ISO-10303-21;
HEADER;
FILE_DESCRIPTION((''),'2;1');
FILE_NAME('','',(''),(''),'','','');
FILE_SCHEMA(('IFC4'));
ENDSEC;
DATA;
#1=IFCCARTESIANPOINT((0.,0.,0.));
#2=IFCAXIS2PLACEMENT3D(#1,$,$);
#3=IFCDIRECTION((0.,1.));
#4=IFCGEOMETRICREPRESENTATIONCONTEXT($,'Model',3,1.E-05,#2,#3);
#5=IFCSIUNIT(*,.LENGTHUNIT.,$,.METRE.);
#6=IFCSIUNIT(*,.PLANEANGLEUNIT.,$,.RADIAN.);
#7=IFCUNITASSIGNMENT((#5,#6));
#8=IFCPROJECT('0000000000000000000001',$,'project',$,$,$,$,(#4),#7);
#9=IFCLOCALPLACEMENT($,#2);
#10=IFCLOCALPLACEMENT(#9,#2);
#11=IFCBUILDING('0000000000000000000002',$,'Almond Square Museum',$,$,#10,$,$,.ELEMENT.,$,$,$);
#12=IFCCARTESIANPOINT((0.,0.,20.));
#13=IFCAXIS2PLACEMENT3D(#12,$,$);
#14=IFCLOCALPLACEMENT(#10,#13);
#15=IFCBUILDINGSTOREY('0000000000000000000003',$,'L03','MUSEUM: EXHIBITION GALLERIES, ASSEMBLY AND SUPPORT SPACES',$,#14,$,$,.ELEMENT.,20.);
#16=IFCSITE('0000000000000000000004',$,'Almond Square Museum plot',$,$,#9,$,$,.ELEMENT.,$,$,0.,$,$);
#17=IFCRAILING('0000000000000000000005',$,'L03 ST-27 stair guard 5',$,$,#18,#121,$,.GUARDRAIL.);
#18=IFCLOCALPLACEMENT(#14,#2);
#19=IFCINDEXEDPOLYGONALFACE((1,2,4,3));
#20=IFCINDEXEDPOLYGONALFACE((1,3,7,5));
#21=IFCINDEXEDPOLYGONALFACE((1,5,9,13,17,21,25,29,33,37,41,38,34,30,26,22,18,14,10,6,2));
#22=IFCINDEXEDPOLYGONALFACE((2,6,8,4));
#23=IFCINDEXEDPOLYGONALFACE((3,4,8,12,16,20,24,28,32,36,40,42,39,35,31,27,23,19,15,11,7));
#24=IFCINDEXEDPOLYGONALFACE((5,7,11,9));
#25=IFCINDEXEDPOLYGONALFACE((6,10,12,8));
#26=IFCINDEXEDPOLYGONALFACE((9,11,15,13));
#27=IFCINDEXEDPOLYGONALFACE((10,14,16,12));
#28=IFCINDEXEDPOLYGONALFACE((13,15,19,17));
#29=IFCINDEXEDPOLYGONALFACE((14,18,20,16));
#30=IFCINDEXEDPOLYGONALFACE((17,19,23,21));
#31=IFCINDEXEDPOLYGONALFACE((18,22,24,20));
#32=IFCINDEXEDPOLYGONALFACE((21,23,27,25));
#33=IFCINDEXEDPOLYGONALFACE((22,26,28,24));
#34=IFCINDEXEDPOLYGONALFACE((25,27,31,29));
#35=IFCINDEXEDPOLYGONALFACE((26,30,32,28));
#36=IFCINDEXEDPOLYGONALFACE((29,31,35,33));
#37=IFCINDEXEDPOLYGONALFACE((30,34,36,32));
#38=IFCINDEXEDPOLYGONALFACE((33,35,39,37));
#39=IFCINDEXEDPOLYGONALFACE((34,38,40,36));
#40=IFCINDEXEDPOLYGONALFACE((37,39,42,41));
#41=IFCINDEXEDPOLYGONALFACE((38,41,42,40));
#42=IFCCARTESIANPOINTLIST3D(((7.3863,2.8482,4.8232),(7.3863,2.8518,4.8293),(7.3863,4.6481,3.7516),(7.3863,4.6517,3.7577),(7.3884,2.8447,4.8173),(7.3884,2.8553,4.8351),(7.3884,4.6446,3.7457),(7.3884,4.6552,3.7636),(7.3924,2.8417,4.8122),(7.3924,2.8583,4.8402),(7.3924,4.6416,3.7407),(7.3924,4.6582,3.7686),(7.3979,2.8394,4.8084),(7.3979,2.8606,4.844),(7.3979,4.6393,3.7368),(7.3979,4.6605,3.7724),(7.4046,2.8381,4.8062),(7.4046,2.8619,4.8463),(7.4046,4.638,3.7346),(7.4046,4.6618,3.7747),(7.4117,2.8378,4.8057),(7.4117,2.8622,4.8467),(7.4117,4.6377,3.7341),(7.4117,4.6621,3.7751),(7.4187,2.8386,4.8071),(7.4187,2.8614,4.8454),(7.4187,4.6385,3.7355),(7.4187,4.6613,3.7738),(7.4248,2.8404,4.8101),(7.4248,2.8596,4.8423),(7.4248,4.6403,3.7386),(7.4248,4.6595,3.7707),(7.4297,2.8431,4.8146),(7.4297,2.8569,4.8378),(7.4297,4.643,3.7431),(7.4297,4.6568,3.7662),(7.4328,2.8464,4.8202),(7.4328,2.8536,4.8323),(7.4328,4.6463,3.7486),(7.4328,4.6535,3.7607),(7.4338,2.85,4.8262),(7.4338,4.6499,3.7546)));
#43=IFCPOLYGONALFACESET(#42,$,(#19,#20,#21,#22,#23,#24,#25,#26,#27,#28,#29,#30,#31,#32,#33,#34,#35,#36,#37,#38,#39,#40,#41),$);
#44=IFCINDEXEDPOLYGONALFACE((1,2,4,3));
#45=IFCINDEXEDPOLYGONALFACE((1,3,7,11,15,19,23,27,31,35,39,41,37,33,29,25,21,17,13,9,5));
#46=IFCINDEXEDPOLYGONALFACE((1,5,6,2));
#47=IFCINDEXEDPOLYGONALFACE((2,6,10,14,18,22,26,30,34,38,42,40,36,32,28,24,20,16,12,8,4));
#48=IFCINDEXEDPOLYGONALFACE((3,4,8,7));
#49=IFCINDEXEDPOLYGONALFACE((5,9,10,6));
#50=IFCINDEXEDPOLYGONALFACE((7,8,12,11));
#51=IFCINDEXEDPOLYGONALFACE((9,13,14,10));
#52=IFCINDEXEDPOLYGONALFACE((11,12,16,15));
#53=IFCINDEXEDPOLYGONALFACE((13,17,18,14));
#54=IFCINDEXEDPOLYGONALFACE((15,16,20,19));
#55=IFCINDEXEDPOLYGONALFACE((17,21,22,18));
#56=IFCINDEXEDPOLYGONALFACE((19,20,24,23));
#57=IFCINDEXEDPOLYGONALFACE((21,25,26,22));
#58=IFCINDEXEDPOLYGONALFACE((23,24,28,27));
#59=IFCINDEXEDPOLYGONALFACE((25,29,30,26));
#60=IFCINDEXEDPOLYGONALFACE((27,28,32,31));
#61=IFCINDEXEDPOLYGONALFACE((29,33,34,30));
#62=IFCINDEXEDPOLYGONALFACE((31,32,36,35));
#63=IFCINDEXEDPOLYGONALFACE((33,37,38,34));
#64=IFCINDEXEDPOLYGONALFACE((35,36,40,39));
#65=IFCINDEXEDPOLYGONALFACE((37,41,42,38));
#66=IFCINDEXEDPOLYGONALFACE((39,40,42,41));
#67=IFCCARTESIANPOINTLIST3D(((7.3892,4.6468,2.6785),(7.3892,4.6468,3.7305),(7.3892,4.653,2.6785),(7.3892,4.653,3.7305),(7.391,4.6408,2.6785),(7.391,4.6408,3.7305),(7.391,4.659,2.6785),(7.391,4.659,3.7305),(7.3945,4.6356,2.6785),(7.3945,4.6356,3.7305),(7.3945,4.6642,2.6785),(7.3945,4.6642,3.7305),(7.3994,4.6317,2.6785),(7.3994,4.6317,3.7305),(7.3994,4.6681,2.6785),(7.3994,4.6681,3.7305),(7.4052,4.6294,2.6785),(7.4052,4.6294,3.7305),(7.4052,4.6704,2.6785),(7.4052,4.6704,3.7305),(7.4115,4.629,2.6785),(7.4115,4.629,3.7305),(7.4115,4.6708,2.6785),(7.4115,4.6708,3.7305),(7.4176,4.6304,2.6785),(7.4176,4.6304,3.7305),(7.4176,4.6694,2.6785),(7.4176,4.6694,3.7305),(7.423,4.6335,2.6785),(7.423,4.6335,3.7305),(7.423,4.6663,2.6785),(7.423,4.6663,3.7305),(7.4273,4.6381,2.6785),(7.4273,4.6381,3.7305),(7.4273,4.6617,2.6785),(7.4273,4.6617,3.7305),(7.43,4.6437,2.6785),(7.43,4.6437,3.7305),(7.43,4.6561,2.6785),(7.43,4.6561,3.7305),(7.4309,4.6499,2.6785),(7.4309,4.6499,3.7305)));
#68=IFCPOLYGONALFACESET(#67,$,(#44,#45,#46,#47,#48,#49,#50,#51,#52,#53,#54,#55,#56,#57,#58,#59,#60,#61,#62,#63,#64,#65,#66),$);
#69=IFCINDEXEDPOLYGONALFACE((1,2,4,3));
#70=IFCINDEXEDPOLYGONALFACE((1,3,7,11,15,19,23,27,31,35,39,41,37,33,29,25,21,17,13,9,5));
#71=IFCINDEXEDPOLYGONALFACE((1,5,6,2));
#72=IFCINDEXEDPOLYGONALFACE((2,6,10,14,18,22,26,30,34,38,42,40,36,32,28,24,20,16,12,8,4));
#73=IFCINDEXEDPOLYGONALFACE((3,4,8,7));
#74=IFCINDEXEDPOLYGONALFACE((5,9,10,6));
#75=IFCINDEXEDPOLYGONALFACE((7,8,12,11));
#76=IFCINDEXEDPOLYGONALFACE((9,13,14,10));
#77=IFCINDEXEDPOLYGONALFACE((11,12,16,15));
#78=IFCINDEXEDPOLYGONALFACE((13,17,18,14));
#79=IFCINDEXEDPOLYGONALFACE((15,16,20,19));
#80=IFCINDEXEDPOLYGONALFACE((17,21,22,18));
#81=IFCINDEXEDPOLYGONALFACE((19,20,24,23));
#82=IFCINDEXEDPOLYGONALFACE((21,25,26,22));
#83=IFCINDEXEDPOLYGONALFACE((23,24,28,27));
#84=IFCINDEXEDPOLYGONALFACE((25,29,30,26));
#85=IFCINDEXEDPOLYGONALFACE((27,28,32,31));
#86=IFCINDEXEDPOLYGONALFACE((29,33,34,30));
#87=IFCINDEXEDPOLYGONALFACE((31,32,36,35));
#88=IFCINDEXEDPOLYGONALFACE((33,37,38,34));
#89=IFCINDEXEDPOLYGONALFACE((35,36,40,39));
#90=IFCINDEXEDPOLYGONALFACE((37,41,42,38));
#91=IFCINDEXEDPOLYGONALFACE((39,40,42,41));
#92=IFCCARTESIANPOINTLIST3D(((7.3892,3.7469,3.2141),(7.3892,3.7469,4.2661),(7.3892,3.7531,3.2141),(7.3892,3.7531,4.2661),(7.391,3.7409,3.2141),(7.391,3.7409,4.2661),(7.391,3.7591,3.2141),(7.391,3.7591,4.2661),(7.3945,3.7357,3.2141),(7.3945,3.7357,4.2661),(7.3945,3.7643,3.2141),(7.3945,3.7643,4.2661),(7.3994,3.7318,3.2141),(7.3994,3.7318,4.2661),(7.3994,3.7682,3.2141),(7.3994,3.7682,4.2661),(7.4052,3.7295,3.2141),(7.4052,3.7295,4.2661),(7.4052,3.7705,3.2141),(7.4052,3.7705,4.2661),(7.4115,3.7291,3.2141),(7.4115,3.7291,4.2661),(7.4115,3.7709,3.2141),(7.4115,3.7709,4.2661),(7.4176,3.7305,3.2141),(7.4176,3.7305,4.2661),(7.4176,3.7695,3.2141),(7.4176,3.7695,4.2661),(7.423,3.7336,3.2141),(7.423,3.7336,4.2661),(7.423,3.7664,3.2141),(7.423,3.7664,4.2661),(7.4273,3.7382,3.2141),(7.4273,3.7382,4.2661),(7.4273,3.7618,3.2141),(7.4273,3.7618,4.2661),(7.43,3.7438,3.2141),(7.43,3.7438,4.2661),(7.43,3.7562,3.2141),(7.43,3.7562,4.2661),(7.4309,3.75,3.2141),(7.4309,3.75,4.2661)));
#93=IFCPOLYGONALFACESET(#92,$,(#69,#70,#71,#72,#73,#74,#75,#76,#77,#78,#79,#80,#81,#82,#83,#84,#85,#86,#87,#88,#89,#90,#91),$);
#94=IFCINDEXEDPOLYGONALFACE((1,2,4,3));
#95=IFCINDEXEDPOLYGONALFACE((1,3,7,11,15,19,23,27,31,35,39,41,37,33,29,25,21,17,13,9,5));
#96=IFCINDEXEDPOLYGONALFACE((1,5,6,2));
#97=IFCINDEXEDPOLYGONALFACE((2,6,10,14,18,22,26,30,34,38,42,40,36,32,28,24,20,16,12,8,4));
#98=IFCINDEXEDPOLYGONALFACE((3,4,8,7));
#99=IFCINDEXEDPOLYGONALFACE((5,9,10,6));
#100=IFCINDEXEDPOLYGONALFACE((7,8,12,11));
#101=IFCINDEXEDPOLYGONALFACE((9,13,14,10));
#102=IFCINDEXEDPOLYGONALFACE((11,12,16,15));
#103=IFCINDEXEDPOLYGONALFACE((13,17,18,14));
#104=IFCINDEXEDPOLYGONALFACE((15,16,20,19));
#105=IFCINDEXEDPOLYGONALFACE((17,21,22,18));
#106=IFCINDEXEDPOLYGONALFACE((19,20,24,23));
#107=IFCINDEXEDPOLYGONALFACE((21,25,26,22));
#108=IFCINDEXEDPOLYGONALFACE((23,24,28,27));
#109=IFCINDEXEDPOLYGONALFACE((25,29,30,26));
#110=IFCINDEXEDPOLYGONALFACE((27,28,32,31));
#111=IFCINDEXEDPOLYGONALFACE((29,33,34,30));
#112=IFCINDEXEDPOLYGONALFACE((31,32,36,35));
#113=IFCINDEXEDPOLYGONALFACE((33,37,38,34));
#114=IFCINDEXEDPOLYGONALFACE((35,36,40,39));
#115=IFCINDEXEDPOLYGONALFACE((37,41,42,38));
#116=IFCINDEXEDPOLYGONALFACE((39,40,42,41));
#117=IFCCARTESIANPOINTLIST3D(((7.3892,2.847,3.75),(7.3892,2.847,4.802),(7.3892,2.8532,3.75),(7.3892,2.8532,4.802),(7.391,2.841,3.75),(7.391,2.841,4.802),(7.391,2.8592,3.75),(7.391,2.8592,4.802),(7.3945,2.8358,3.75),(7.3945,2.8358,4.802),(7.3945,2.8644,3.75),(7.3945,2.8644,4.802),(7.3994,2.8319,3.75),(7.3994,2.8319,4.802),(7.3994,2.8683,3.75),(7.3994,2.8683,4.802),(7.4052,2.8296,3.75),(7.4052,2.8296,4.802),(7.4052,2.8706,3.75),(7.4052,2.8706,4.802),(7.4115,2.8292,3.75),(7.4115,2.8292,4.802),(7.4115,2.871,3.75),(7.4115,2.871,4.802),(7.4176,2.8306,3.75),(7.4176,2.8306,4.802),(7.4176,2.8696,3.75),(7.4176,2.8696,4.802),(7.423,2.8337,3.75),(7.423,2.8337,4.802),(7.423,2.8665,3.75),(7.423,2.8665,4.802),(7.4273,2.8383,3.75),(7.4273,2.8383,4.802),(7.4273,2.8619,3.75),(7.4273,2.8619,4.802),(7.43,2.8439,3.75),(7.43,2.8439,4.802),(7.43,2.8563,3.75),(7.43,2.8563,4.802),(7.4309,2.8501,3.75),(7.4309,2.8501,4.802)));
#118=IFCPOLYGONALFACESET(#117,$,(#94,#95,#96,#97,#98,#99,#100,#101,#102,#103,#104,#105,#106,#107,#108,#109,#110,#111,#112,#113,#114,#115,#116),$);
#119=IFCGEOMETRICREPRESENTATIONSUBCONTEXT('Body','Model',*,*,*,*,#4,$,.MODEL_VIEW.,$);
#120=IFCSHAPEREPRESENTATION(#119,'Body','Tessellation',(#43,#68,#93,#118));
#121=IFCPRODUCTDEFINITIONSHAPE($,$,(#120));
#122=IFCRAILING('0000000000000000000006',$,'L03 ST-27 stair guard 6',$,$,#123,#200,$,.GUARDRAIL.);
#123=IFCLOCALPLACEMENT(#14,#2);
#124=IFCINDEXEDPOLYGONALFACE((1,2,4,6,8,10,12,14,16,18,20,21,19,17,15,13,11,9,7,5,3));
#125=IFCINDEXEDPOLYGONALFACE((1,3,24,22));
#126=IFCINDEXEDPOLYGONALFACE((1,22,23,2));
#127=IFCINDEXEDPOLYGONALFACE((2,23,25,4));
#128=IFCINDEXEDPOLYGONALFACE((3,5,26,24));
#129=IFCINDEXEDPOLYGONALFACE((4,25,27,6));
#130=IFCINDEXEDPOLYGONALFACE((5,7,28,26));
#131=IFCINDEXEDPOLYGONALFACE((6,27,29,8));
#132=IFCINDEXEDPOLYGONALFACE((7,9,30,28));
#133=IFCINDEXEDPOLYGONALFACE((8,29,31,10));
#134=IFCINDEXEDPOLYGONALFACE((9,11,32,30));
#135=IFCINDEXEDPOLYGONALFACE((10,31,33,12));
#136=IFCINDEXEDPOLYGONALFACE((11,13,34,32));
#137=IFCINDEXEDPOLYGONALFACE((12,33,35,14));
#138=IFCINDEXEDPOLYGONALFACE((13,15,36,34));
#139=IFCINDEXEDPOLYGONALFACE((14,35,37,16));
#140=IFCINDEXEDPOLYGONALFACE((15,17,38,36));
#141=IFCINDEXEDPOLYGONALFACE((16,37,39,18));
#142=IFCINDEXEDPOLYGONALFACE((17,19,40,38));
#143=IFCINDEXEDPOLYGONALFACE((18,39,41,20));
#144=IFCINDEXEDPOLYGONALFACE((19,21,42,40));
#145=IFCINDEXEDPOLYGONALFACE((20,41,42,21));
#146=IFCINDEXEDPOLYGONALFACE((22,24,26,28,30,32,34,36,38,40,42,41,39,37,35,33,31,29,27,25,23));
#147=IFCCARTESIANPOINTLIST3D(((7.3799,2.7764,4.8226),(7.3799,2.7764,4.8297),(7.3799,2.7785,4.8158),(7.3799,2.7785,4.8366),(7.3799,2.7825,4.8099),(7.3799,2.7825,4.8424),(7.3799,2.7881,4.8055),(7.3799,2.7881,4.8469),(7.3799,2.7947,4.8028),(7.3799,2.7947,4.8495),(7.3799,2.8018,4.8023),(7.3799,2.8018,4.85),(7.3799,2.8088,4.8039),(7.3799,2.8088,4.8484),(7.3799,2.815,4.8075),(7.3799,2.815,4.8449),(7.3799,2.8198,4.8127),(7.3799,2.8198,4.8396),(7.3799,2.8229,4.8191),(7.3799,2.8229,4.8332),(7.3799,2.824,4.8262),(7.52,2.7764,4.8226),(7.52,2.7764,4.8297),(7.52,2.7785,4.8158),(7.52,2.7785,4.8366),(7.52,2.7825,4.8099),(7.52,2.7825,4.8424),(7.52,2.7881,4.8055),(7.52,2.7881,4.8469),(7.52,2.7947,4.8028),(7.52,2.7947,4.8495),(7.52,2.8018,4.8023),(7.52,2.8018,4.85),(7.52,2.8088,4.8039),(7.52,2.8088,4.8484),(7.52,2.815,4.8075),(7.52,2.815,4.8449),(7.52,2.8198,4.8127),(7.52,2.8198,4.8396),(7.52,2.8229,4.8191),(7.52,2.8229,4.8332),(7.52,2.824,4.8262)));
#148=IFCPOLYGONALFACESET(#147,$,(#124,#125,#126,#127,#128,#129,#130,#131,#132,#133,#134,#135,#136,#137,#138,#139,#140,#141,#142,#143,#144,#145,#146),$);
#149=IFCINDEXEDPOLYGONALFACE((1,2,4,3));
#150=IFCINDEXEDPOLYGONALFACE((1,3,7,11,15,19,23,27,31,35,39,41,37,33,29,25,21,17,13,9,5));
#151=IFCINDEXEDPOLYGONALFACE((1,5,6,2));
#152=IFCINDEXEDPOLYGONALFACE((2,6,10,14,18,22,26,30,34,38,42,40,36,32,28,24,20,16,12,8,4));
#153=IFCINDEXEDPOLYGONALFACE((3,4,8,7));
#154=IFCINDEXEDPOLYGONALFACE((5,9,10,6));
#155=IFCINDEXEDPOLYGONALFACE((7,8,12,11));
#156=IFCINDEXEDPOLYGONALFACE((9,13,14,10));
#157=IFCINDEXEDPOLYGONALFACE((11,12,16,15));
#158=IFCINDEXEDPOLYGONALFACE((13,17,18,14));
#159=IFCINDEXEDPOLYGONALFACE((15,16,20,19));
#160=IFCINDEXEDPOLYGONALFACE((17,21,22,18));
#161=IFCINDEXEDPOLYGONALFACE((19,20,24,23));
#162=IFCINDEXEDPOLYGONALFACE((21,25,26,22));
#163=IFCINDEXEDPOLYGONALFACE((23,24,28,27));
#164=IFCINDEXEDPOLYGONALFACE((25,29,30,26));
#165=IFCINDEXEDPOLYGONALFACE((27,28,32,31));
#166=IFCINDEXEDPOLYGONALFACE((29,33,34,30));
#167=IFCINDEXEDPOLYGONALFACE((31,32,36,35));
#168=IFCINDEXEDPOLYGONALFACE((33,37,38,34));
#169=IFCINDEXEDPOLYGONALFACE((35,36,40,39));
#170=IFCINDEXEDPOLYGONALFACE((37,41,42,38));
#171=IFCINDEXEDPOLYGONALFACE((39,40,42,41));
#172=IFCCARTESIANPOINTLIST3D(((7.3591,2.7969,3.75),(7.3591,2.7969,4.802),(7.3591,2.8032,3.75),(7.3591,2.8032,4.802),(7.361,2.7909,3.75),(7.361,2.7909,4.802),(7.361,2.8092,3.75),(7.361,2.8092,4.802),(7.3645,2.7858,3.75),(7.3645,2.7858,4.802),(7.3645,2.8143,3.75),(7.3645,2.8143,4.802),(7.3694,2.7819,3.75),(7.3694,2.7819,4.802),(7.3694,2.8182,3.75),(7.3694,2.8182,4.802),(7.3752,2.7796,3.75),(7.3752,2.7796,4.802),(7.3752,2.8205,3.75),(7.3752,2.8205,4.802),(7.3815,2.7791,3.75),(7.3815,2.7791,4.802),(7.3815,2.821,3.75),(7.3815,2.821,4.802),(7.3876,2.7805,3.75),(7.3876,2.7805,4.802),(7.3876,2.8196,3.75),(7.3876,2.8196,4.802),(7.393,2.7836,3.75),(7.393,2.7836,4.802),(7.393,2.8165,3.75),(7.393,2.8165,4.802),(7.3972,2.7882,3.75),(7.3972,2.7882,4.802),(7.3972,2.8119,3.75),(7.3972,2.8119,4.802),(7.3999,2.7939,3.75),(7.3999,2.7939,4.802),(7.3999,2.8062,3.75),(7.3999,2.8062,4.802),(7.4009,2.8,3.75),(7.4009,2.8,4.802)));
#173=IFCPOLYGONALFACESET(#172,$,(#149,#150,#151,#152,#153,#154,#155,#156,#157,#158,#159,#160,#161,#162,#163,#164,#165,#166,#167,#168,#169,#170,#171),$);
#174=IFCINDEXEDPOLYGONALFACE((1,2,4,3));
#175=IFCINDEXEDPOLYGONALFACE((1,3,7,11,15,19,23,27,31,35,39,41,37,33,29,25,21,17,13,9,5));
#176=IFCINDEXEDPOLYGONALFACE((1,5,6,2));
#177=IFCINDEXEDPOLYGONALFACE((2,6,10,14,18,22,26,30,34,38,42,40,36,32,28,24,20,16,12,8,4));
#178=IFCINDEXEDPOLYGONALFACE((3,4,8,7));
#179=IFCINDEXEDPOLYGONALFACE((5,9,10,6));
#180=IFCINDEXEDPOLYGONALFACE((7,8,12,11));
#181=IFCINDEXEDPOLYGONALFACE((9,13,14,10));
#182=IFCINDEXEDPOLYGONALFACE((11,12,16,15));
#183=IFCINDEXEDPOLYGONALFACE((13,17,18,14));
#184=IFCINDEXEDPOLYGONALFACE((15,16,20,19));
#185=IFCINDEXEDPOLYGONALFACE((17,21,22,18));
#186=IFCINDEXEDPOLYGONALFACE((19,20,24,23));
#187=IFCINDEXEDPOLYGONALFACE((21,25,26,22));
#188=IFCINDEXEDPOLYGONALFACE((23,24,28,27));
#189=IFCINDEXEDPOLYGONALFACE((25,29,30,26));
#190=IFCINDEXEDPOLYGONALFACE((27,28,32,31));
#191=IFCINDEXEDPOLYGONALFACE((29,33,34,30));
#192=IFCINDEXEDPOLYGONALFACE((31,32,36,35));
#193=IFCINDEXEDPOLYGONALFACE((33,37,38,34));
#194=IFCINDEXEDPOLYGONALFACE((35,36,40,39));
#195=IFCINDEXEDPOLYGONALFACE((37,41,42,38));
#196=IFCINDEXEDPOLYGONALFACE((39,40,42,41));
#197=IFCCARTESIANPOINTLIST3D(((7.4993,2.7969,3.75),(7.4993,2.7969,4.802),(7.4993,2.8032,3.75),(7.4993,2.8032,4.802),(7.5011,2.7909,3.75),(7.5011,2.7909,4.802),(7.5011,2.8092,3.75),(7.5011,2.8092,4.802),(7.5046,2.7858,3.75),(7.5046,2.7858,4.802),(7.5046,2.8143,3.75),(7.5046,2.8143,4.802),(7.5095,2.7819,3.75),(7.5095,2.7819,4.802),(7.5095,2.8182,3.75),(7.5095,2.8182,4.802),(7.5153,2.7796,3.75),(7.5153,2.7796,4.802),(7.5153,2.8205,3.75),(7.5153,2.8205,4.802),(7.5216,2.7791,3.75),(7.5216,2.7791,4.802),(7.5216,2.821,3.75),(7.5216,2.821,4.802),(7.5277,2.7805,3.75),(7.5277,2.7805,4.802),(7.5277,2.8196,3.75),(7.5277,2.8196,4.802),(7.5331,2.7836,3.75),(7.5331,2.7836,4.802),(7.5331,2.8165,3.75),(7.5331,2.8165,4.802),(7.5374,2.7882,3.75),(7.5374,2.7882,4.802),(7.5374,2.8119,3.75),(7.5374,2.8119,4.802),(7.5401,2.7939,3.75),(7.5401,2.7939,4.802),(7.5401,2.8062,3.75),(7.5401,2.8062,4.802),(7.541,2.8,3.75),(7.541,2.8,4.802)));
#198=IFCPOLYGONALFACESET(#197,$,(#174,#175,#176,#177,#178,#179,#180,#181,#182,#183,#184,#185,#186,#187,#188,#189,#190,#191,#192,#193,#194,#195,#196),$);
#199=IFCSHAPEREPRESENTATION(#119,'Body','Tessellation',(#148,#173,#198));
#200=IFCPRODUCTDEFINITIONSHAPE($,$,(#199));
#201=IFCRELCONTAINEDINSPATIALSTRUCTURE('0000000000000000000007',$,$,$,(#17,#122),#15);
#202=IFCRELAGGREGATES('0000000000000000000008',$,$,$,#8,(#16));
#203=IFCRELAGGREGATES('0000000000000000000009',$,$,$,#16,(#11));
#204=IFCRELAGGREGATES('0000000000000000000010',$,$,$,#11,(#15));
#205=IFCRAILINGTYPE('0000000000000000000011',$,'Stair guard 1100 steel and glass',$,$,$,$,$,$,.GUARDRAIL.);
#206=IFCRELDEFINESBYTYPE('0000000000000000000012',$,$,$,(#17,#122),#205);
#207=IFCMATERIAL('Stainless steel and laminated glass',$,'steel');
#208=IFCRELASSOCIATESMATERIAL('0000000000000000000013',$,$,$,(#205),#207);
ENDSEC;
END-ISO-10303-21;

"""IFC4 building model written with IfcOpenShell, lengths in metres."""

from ifc_helpers import new_model, si_unit, direction, frame, origin, origin_2d, place, context, subcontext, project, spatial, circle, extrude, material, type_object, element, save


model = new_model("IFC4")

# Units and contexts
model_context = context("Model", 3, precision=1e-05, world=origin(), true_north=direction((0.0, 1.0)))
body_context = subcontext(model_context, "Body", "Model", "MODEL_VIEW")
ifc_project = project(units=[si_unit("LENGTHUNIT", "METRE"), si_unit("PLANEANGLEUNIT", "RADIAN")], contexts=[model_context])

# Site, building, storey
site_placement = place(None, origin())
site = spatial("IfcSite", under=ifc_project, at=site_placement, Name="Almond Square Museum plot", CompositionType="ELEMENT", RefElevation=0.0)
building_placement = place(site_placement, origin())
building = spatial("IfcBuilding", under=site, at=building_placement, Name="Almond Square Museum", CompositionType="ELEMENT")
storey_placement = place(building_placement, frame((0.0, 0.0, 20.0)))
storey = spatial("IfcBuildingStorey", under=building, at=storey_placement, Name="L03", Description="MUSEUM: EXHIBITION GALLERIES, ASSEMBLY AND SUPPORT SPACES", CompositionType="ELEMENT", Elevation=20.0)

# Railings
ifc_material_1 = material(Name="Stainless steel and laminated glass", Category="steel")
railing_type_1 = type_object("IfcRailingType", Name="Stair guard 1100 steel and glass", PredefinedType="GUARDRAIL", material=ifc_material_1)
railing_1_placement = place(storey_placement, frame((7.4099, 4.6499, 2.6785)))
element("IfcRailing", 1, at=railing_1_placement, inside=storey, type_object=railing_type_1, Name="L03 ST-27 stair guard 5", PredefinedType="GUARDRAIL", context=body_context, shape_type="SweptSolid", body=[
    extrude(circle(Radius=0.0239, at=origin_2d()), frame((0.0, 0.0, 1.0762), z_axis=(0.0, -0.859247, 0.511562), x_axis=(1.0, 0.0, 0.0)), (0.0, 0.0, 1.0), 2.0947),
    extrude(circle(Radius=0.021, at=origin_2d()), origin(), (0.0, 0.0, 1.0), 1.052),
    extrude(circle(Radius=0.021, at=origin_2d()), frame((0.0, -0.8999, 0.5356)), (0.0, 0.0, 1.0), 1.052),
    extrude(circle(Radius=0.021, at=origin_2d()), frame((0.0, -1.7998, 1.0715)), (0.0, 0.0, 1.0), 1.052),
])
railing_2_placement = place(storey_placement, frame((7.3799, 2.8, 3.75)))
element("IfcRailing", 2, at=railing_2_placement, inside=storey, type_object=railing_type_1, Name="L03 ST-27 stair guard 6", PredefinedType="GUARDRAIL", context=body_context, shape_type="SweptSolid", body=[
    extrude(circle(Radius=0.0239, at=origin_2d()), frame((0.0, 0.0, 1.0762), z_axis=(1.0, 0.0, 0.0), x_axis=(0.0, 1.0, 0.0)), (0.0, 0.0, 1.0), 0.1401),
    extrude(circle(Radius=0.021, at=origin_2d()), origin(), (0.0, 0.0, 1.0), 1.052),
    extrude(circle(Radius=0.021, at=origin_2d()), frame((0.1401, 0.0, 0.0)), (0.0, 0.0, 1.0), 1.052),
])

save(model, "model.ifc")
